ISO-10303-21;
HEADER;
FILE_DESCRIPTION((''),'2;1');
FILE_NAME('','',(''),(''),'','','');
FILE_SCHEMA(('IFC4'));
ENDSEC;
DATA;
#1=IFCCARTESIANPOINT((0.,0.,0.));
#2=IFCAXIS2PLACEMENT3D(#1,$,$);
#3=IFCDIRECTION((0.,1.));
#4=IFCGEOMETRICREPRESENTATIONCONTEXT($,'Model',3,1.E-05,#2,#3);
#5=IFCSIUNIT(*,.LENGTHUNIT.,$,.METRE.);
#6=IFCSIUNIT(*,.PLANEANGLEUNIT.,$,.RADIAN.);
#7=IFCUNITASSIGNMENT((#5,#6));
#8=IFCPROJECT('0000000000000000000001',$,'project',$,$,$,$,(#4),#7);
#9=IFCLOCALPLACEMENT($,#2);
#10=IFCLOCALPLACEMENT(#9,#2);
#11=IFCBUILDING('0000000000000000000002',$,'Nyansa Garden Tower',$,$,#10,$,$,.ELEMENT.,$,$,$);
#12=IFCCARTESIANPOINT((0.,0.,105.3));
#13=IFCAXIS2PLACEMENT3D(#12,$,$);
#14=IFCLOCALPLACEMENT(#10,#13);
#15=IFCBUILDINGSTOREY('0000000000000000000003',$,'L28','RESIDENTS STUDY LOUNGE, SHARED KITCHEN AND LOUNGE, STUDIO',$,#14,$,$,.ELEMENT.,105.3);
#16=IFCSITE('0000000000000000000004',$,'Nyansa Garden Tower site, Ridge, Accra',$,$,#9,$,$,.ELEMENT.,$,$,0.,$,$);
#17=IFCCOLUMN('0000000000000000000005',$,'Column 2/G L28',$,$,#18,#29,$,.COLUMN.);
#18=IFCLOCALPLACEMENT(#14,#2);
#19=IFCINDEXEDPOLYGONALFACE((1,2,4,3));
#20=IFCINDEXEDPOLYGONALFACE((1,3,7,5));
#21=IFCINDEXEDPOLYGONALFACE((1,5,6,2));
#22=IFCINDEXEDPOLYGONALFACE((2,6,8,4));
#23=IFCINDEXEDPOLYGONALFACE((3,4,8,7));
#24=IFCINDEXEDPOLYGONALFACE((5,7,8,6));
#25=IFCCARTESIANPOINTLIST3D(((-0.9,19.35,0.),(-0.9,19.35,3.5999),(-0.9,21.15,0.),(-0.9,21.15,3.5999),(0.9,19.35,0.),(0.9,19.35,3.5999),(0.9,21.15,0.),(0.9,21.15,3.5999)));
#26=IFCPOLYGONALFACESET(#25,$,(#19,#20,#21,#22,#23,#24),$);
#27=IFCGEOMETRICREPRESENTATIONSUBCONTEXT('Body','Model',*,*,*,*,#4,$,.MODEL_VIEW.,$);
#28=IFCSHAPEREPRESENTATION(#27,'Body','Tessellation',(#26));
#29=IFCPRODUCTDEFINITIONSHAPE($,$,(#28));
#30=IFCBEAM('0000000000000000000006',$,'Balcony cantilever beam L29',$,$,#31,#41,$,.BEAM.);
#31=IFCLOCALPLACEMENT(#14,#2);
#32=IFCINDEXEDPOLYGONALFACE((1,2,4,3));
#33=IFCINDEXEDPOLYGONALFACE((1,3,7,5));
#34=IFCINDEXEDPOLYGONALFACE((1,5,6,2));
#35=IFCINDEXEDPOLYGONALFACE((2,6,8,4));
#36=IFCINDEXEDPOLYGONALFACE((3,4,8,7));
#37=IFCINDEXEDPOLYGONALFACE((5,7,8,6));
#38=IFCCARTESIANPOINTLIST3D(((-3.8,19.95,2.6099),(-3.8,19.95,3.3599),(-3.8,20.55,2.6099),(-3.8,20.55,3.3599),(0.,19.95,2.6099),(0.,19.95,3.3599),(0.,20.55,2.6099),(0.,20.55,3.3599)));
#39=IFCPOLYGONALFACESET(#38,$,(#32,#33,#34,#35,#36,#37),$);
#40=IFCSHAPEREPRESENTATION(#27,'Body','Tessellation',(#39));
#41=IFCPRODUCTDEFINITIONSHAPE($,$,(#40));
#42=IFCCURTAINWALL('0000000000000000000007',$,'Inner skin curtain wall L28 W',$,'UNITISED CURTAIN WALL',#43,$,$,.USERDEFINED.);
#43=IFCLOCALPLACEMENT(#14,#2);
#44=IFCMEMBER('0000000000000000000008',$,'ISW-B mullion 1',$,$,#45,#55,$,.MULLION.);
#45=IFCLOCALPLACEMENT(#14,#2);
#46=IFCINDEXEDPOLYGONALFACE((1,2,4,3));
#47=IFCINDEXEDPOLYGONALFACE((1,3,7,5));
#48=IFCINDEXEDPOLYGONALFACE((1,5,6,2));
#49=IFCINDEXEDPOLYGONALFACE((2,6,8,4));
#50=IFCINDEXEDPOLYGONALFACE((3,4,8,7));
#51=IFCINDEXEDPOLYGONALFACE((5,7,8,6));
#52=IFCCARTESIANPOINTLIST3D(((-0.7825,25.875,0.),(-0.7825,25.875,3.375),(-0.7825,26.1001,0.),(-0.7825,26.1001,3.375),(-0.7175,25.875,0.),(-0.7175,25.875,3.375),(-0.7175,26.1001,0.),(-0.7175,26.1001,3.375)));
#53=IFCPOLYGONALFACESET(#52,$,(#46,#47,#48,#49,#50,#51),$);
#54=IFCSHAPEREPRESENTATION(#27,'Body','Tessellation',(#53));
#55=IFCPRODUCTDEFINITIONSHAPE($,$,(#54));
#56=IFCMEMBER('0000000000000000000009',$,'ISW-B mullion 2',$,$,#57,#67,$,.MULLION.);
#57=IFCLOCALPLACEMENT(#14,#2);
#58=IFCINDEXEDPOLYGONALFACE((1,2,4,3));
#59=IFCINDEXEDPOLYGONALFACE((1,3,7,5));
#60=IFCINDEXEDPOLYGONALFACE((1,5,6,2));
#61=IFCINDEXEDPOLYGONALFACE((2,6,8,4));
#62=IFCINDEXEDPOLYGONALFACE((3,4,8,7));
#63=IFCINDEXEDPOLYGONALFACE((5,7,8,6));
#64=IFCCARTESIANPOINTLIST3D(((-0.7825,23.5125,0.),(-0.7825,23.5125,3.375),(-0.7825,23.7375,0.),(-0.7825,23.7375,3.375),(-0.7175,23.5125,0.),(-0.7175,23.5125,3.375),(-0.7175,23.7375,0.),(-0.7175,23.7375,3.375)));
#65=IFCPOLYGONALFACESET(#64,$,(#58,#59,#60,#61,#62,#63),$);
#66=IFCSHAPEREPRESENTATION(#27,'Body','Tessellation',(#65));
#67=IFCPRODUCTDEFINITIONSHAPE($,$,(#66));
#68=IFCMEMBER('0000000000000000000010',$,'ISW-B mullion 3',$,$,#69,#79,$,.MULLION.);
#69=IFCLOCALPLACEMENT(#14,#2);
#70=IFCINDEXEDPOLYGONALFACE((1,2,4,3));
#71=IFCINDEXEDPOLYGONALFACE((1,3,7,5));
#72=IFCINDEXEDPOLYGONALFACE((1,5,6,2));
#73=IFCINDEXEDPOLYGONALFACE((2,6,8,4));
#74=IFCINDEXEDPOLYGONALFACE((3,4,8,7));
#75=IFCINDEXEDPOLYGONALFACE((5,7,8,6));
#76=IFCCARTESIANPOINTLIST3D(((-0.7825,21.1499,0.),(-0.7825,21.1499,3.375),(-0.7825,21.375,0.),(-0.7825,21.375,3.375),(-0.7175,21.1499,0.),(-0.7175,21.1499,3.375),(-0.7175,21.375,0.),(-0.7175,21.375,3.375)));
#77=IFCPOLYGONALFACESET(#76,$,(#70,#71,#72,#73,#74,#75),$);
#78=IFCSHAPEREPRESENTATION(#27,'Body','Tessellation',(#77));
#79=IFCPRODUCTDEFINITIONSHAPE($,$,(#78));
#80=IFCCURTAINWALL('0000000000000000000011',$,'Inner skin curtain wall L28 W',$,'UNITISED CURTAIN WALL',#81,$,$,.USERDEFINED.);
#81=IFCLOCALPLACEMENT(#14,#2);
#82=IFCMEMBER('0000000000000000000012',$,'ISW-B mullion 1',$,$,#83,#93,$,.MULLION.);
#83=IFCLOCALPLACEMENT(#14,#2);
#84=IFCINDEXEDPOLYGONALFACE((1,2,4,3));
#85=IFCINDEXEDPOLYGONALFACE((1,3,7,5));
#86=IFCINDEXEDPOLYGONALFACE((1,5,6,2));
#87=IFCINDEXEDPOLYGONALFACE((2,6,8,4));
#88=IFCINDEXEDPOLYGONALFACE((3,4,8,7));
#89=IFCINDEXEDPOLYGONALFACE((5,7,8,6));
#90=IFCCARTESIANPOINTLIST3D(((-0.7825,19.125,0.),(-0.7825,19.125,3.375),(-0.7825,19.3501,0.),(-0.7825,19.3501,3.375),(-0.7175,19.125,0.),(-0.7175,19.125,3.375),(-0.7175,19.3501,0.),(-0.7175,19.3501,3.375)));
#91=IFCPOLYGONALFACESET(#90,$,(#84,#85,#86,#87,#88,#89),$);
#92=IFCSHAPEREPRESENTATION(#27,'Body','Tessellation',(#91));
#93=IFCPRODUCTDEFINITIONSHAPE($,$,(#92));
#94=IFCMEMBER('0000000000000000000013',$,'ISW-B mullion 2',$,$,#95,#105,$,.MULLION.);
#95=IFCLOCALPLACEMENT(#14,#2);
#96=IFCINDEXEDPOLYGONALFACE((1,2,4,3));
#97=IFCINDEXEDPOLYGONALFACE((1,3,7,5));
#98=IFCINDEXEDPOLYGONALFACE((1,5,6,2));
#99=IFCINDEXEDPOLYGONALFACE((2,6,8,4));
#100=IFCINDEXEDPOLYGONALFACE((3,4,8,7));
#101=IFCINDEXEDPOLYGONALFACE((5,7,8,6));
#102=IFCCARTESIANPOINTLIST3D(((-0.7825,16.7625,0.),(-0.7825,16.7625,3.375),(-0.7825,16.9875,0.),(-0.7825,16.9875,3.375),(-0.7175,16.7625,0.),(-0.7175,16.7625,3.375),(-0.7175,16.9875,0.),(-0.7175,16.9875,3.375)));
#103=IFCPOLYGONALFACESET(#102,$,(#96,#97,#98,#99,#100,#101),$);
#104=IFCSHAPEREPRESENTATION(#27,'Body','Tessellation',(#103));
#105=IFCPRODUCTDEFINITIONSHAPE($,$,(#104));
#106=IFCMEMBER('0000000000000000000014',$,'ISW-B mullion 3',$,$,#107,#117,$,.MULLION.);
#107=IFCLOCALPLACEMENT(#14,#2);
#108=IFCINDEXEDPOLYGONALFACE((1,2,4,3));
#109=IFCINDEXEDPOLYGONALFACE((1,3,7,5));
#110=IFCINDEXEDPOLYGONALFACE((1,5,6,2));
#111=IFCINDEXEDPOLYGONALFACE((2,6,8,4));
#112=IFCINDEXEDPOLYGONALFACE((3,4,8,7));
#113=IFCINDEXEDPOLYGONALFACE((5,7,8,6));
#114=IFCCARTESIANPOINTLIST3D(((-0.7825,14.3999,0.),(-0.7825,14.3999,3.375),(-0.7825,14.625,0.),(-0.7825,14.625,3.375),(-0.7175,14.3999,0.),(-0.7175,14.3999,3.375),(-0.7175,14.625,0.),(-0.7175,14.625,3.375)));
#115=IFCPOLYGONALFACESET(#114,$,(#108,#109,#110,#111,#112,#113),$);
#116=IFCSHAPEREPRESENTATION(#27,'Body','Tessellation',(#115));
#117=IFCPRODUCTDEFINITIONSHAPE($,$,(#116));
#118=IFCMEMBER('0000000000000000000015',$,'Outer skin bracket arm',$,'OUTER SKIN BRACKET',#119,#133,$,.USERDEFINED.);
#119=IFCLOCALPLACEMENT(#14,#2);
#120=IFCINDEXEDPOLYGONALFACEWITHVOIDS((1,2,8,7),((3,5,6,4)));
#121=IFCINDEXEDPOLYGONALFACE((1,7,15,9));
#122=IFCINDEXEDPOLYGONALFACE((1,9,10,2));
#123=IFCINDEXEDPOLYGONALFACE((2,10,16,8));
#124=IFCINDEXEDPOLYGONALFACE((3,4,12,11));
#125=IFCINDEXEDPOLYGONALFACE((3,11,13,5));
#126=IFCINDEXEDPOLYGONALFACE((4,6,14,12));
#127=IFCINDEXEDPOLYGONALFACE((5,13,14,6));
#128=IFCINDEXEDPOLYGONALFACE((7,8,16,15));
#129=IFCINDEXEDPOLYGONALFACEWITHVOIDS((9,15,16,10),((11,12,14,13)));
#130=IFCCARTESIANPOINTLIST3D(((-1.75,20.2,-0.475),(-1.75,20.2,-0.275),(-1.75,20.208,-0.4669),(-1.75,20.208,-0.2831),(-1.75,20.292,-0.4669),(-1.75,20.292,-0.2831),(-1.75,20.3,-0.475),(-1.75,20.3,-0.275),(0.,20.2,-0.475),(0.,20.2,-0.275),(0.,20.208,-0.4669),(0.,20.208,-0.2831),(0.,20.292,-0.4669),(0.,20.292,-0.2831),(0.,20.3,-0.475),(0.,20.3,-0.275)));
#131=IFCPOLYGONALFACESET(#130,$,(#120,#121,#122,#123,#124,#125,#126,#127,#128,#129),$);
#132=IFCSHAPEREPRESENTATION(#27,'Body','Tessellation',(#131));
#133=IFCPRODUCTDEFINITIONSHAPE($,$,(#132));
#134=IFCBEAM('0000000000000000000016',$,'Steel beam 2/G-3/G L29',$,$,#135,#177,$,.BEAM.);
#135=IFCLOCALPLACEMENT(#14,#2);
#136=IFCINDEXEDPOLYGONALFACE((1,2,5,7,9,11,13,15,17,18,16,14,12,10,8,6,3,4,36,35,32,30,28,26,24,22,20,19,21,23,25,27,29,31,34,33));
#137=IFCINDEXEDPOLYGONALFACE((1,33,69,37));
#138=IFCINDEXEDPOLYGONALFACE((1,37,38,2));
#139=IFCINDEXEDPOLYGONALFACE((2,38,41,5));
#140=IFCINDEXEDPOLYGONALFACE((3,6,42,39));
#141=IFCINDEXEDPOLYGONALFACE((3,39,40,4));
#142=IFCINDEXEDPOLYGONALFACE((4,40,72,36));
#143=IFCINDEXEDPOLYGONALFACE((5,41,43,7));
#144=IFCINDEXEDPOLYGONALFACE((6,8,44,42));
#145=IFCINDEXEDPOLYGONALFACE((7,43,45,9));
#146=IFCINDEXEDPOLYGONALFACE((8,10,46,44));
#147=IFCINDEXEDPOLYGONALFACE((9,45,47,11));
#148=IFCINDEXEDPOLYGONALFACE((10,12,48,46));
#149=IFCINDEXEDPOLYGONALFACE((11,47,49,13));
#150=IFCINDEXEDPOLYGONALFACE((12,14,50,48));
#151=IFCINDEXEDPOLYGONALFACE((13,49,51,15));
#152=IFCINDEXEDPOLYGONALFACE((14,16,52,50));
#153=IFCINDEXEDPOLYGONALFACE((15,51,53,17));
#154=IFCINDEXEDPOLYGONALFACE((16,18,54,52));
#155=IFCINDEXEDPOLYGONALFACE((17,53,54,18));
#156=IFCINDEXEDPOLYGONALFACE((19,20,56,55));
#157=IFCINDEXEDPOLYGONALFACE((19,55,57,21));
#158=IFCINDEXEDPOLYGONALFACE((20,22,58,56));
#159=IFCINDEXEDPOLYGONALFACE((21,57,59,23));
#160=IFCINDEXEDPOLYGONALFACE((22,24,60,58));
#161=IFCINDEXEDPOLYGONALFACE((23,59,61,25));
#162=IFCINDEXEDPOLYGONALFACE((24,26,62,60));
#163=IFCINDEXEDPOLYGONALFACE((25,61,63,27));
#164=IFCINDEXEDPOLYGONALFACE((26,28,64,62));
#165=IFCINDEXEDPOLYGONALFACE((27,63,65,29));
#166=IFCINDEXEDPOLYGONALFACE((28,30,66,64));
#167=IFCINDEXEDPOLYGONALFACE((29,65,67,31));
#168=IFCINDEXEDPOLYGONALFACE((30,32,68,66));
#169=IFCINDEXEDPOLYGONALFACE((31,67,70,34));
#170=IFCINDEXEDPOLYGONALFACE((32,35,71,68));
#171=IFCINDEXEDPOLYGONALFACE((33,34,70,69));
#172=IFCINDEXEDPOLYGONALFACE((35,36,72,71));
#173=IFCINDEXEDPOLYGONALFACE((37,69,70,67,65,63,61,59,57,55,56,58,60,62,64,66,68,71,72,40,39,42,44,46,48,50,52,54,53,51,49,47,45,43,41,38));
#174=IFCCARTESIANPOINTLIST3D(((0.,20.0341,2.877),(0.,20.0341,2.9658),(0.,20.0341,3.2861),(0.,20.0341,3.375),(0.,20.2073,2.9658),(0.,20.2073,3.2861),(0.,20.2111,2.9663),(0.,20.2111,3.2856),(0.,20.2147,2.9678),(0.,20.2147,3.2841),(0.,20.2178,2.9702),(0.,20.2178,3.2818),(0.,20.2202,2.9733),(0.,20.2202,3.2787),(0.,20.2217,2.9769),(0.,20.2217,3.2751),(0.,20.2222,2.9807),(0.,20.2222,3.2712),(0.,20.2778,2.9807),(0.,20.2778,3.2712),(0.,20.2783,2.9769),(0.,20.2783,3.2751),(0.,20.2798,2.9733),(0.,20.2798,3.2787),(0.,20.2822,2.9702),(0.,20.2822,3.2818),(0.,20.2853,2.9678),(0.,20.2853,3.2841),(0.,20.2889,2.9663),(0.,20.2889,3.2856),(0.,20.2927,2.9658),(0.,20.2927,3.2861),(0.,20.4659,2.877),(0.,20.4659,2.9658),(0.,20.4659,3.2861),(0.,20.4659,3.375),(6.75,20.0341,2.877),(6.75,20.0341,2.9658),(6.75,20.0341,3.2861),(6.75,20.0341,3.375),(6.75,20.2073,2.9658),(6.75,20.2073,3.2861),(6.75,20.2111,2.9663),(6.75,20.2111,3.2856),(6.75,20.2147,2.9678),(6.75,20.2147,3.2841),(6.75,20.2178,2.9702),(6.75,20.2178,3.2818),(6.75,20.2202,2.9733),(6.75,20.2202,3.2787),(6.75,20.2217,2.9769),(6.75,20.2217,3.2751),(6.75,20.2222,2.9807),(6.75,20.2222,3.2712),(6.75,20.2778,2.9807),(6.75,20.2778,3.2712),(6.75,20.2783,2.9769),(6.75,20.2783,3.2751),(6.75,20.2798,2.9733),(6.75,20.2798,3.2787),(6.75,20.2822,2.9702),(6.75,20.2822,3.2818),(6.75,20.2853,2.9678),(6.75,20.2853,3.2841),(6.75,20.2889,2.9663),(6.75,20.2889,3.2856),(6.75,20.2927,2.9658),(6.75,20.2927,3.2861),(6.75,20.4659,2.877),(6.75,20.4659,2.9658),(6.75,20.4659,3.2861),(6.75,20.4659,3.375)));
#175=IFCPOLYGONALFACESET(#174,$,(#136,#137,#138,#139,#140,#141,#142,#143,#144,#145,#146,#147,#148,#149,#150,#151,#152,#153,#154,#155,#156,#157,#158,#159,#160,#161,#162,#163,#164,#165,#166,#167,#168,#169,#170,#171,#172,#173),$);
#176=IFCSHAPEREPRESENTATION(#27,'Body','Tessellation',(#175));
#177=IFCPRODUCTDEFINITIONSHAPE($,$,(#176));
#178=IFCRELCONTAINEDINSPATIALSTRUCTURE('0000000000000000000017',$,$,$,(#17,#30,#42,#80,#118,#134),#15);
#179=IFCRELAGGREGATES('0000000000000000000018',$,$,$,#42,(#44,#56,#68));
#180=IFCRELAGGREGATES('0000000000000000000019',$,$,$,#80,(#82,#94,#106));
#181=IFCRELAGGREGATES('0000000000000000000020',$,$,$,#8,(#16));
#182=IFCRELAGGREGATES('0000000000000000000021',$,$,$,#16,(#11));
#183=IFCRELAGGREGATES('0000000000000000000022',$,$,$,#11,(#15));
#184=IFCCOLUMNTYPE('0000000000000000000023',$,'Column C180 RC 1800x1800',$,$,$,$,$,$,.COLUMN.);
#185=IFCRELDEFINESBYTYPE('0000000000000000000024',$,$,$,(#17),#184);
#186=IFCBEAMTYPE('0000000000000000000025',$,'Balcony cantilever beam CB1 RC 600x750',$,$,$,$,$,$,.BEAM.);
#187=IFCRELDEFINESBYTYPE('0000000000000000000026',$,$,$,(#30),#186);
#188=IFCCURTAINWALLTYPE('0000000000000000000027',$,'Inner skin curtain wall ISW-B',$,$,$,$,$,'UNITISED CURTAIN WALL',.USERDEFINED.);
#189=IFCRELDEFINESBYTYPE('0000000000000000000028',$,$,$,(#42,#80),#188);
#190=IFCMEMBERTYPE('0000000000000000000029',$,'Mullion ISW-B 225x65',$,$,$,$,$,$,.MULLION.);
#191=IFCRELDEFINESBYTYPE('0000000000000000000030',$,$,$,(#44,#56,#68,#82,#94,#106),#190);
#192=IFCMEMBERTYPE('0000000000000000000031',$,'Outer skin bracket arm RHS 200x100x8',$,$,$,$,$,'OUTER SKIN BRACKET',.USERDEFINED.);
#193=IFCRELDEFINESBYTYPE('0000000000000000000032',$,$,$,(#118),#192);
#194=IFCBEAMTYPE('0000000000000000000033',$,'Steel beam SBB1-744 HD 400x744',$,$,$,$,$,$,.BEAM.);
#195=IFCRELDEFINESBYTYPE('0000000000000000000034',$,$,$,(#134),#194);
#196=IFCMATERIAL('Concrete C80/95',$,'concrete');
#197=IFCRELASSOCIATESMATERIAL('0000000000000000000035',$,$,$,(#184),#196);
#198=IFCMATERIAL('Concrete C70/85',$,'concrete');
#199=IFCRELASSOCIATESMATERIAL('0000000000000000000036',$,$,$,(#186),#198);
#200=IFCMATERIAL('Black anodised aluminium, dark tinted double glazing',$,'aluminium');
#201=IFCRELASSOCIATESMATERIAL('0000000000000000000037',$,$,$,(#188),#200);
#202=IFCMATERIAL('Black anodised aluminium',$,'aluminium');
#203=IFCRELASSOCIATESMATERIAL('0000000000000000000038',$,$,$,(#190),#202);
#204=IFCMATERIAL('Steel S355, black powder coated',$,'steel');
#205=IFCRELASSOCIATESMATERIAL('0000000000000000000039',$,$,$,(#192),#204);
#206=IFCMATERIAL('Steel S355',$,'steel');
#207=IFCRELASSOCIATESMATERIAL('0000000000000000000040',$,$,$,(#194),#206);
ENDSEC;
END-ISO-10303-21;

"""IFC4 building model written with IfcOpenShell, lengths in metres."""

from ifc_helpers import new_model, si_unit, direction, frame, origin, origin_2d, place, context, subcontext, project, spatial, rectangle, hollow_rectangle, i_section, extrude, material, material_profile, profile_set, type_object, element, aggregate, save


model = new_model("IFC4")

# Units and contexts
model_context = context("Model", 3, precision=1e-05, world=origin(), true_north=direction((0.0, 1.0)))
body_context = subcontext(model_context, "Body", "Model", "MODEL_VIEW")
ifc_project = project(units=[si_unit("LENGTHUNIT", "METRE"), si_unit("PLANEANGLEUNIT", "RADIAN")], contexts=[model_context])

# Site, building, storey
site_placement = place(None, origin())
site = spatial("IfcSite", under=ifc_project, at=site_placement, Name="Nyansa Garden Tower site, Ridge, Accra", CompositionType="ELEMENT", RefElevation=0.0)
building_placement = place(site_placement, origin())
building = spatial("IfcBuilding", under=site, at=building_placement, Name="Nyansa Garden Tower", CompositionType="ELEMENT")
storey_placement = place(building_placement, frame((0.0, 0.0, 105.3)))
storey = spatial("IfcBuildingStorey", under=building, at=storey_placement, Name="L28", Description="RESIDENTS STUDY LOUNGE, SHARED KITCHEN AND LOUNGE, STUDIO", CompositionType="ELEMENT", Elevation=105.3)

# Column
ifc_material_1 = material(Name="Concrete C80/95", Category="concrete")
ifc_material_profile_1 = material_profile(ifc_material_1, rectangle(XDim=1.8, YDim=1.8, at=origin_2d()), Name="RC 1800x1800")
ifc_profile_set_1 = profile_set([ifc_material_profile_1], Name="Concrete C80/95")
column_type = type_object("IfcColumnType", Name="Column C180 RC 1800x1800", PredefinedType="COLUMN", material=ifc_profile_set_1)
column_placement = place(storey_placement, frame((0.0, 20.25, 0.0), z_axis=(0.0, 0.0, 1.0), x_axis=(1.0, 0.0, 0.0)))
element("IfcColumn", 1, at=column_placement, inside=storey, type_object=column_type, Name="Column 2/G L28", PredefinedType="COLUMN", context=body_context, shape_type="SweptSolid", body=[
    extrude(rectangle(XDim=1.8, YDim=1.8, at=origin_2d()), origin(), (0.0, 0.0, 1.0), 3.5999),
])

# Beam
ifc_material_2 = material(Name="Concrete C70/85", Category="concrete")
ifc_material_profile_2 = material_profile(ifc_material_2, rectangle(XDim=0.6001, YDim=0.75, at=origin_2d()), Name="RC 600x750")
ifc_profile_set_2 = profile_set([ifc_material_profile_2], Name="Concrete C70/85")
beam_type_1 = type_object("IfcBeamType", Name="Balcony cantilever beam CB1 RC 600x750", PredefinedType="BEAM", material=ifc_profile_set_2)
beam_1_placement = place(storey_placement, frame((0.0, 20.25, 2.9849), z_axis=(-1.0, 0.0, 0.0), x_axis=(0.0, -1.0, 0.0)))
element("IfcBeam", 2, at=beam_1_placement, inside=storey, type_object=beam_type_1, Name="Balcony cantilever beam L29", PredefinedType="BEAM", context=body_context, shape_type="SweptSolid", body=[
    extrude(rectangle(XDim=0.6001, YDim=0.75, at=origin_2d()), origin(), (0.0, 0.0, 1.0), 3.8),
])

# Curtain walls, members
ifc_material_3 = material(Name="Black anodised aluminium, dark tinted double glazing", Category="aluminium")
curtain_wall_type = type_object("IfcCurtainWallType", Name="Inner skin curtain wall ISW-B", ElementType="UNITISED CURTAIN WALL", PredefinedType="USERDEFINED", material=ifc_material_3)
curtain_wall_1_placement = place(storey_placement, origin())
curtain_wall_1 = element("IfcCurtainWall", 3, at=curtain_wall_1_placement, inside=storey, type_object=curtain_wall_type, Name="Inner skin curtain wall L28 W", ObjectType="UNITISED CURTAIN WALL", PredefinedType="USERDEFINED")
ifc_material_4 = material(Name="Black anodised aluminium", Category="aluminium")
ifc_material_profile_3 = material_profile(ifc_material_4, rectangle(XDim=0.0649, YDim=0.2251, at=origin_2d()), Name="Mullion 225x65")
ifc_profile_set_3 = profile_set([ifc_material_profile_3], Name="Black anodised aluminium")
member_type_1 = type_object("IfcMemberType", Name="Mullion ISW-B 225x65", PredefinedType="MULLION", material=ifc_profile_set_3)
member_1_placement = place(storey_placement, frame((-0.75, 25.9875, 0.0), z_axis=(0.0, 0.0, 1.0), x_axis=(1.0, 0.0, 0.0)))
member_1 = element("IfcMember", 4, at=member_1_placement, type_object=member_type_1, Name="ISW-B mullion 1", PredefinedType="MULLION", context=body_context, shape_type="SweptSolid", body=[
    extrude(rectangle(XDim=0.0649, YDim=0.2251, at=origin_2d()), origin(), (0.0, 0.0, 1.0), 3.375),
])
member_2_placement = place(storey_placement, frame((-0.75, 23.625, 0.0), z_axis=(0.0, 0.0, 1.0), x_axis=(1.0, 0.0, 0.0)))
member_2 = element("IfcMember", 5, at=member_2_placement, type_object=member_type_1, Name="ISW-B mullion 2", PredefinedType="MULLION", context=body_context, shape_type="SweptSolid", body=[
    extrude(rectangle(XDim=0.0649, YDim=0.2251, at=origin_2d()), origin(), (0.0, 0.0, 1.0), 3.375),
])
member_3_placement = place(storey_placement, frame((-0.75, 21.2625, 0.0), z_axis=(0.0, 0.0, 1.0), x_axis=(1.0, 0.0, 0.0)))
member_3 = element("IfcMember", 6, at=member_3_placement, type_object=member_type_1, Name="ISW-B mullion 3", PredefinedType="MULLION", context=body_context, shape_type="SweptSolid", body=[
    extrude(rectangle(XDim=0.0649, YDim=0.2251, at=origin_2d()), origin(), (0.0, 0.0, 1.0), 3.375),
])
curtain_wall_2_placement = place(storey_placement, origin())
curtain_wall_2 = element("IfcCurtainWall", 7, at=curtain_wall_2_placement, inside=storey, type_object=curtain_wall_type, Name="Inner skin curtain wall L28 W", ObjectType="UNITISED CURTAIN WALL", PredefinedType="USERDEFINED")
member_4_placement = place(storey_placement, frame((-0.75, 19.2375, 0.0), z_axis=(0.0, 0.0, 1.0), x_axis=(1.0, 0.0, 0.0)))
member_4 = element("IfcMember", 8, at=member_4_placement, type_object=member_type_1, Name="ISW-B mullion 1", PredefinedType="MULLION", context=body_context, shape_type="SweptSolid", body=[
    extrude(rectangle(XDim=0.0649, YDim=0.2251, at=origin_2d()), origin(), (0.0, 0.0, 1.0), 3.375),
])
member_5_placement = place(storey_placement, frame((-0.75, 16.875, 0.0), z_axis=(0.0, 0.0, 1.0), x_axis=(1.0, 0.0, 0.0)))
member_5 = element("IfcMember", 9, at=member_5_placement, type_object=member_type_1, Name="ISW-B mullion 2", PredefinedType="MULLION", context=body_context, shape_type="SweptSolid", body=[
    extrude(rectangle(XDim=0.0649, YDim=0.2251, at=origin_2d()), origin(), (0.0, 0.0, 1.0), 3.375),
])
member_6_placement = place(storey_placement, frame((-0.75, 14.5125, 0.0), z_axis=(0.0, 0.0, 1.0), x_axis=(1.0, 0.0, 0.0)))
member_6 = element("IfcMember", 10, at=member_6_placement, type_object=member_type_1, Name="ISW-B mullion 3", PredefinedType="MULLION", context=body_context, shape_type="SweptSolid", body=[
    extrude(rectangle(XDim=0.0649, YDim=0.2251, at=origin_2d()), origin(), (0.0, 0.0, 1.0), 3.375),
])

# Member
ifc_material_5 = material(Name="Steel S355, black powder coated", Category="steel")
ifc_material_profile_4 = material_profile(ifc_material_5, hollow_rectangle(XDim=0.1001, YDim=0.2, WallThickness=0.0081, at=origin_2d()), Name="RHS 200x100x8")
ifc_profile_set_4 = profile_set([ifc_material_profile_4], Name="Steel S355, black powder coated")
member_type_2 = type_object("IfcMemberType", Name="Outer skin bracket arm RHS 200x100x8", ElementType="OUTER SKIN BRACKET", PredefinedType="USERDEFINED", material=ifc_profile_set_4)
member_7_placement = place(storey_placement, frame((0.0, 20.25, -0.375), z_axis=(-1.0, 0.0, 0.0), x_axis=(0.0, -1.0, 0.0)))
element("IfcMember", 11, at=member_7_placement, inside=storey, type_object=member_type_2, Name="Outer skin bracket arm", ObjectType="OUTER SKIN BRACKET", PredefinedType="USERDEFINED", context=body_context, shape_type="SweptSolid", body=[
    extrude(hollow_rectangle(XDim=0.1001, YDim=0.2, WallThickness=0.0081, at=origin_2d()), origin(), (0.0, 0.0, 1.0), 1.75),
])

# Beam
ifc_material_6 = material(Name="Steel S355", Category="steel")
ifc_material_profile_5 = material_profile(ifc_material_6, i_section(OverallWidth=0.4319, OverallDepth=0.498, WebThickness=0.0557, FlangeThickness=0.0889, FilletRadius=0.0149, at=origin_2d()), Name="HD 400x744")
ifc_profile_set_5 = profile_set([ifc_material_profile_5], Name="Steel S355")
beam_type_2 = type_object("IfcBeamType", Name="Steel beam SBB1-744 HD 400x744", PredefinedType="BEAM", material=ifc_profile_set_5)
beam_2_placement = place(storey_placement, frame((0.0, 20.25, 3.126), z_axis=(1.0, 0.0, 0.0), x_axis=(0.0, 1.0, 0.0)))
element("IfcBeam", 12, at=beam_2_placement, inside=storey, type_object=beam_type_2, Name="Steel beam 2/G-3/G L29", PredefinedType="BEAM", context=body_context, shape_type="SweptSolid", body=[
    extrude(i_section(OverallWidth=0.4319, OverallDepth=0.498, WebThickness=0.0557, FlangeThickness=0.0889, FilletRadius=0.0149, at=origin_2d()), origin(), (0.0, 0.0, 1.0), 6.75),
])

aggregate(curtain_wall_1, [member_1, member_2, member_3])
aggregate(curtain_wall_2, [member_4, member_5, member_6])

save(model, "model.ifc")
